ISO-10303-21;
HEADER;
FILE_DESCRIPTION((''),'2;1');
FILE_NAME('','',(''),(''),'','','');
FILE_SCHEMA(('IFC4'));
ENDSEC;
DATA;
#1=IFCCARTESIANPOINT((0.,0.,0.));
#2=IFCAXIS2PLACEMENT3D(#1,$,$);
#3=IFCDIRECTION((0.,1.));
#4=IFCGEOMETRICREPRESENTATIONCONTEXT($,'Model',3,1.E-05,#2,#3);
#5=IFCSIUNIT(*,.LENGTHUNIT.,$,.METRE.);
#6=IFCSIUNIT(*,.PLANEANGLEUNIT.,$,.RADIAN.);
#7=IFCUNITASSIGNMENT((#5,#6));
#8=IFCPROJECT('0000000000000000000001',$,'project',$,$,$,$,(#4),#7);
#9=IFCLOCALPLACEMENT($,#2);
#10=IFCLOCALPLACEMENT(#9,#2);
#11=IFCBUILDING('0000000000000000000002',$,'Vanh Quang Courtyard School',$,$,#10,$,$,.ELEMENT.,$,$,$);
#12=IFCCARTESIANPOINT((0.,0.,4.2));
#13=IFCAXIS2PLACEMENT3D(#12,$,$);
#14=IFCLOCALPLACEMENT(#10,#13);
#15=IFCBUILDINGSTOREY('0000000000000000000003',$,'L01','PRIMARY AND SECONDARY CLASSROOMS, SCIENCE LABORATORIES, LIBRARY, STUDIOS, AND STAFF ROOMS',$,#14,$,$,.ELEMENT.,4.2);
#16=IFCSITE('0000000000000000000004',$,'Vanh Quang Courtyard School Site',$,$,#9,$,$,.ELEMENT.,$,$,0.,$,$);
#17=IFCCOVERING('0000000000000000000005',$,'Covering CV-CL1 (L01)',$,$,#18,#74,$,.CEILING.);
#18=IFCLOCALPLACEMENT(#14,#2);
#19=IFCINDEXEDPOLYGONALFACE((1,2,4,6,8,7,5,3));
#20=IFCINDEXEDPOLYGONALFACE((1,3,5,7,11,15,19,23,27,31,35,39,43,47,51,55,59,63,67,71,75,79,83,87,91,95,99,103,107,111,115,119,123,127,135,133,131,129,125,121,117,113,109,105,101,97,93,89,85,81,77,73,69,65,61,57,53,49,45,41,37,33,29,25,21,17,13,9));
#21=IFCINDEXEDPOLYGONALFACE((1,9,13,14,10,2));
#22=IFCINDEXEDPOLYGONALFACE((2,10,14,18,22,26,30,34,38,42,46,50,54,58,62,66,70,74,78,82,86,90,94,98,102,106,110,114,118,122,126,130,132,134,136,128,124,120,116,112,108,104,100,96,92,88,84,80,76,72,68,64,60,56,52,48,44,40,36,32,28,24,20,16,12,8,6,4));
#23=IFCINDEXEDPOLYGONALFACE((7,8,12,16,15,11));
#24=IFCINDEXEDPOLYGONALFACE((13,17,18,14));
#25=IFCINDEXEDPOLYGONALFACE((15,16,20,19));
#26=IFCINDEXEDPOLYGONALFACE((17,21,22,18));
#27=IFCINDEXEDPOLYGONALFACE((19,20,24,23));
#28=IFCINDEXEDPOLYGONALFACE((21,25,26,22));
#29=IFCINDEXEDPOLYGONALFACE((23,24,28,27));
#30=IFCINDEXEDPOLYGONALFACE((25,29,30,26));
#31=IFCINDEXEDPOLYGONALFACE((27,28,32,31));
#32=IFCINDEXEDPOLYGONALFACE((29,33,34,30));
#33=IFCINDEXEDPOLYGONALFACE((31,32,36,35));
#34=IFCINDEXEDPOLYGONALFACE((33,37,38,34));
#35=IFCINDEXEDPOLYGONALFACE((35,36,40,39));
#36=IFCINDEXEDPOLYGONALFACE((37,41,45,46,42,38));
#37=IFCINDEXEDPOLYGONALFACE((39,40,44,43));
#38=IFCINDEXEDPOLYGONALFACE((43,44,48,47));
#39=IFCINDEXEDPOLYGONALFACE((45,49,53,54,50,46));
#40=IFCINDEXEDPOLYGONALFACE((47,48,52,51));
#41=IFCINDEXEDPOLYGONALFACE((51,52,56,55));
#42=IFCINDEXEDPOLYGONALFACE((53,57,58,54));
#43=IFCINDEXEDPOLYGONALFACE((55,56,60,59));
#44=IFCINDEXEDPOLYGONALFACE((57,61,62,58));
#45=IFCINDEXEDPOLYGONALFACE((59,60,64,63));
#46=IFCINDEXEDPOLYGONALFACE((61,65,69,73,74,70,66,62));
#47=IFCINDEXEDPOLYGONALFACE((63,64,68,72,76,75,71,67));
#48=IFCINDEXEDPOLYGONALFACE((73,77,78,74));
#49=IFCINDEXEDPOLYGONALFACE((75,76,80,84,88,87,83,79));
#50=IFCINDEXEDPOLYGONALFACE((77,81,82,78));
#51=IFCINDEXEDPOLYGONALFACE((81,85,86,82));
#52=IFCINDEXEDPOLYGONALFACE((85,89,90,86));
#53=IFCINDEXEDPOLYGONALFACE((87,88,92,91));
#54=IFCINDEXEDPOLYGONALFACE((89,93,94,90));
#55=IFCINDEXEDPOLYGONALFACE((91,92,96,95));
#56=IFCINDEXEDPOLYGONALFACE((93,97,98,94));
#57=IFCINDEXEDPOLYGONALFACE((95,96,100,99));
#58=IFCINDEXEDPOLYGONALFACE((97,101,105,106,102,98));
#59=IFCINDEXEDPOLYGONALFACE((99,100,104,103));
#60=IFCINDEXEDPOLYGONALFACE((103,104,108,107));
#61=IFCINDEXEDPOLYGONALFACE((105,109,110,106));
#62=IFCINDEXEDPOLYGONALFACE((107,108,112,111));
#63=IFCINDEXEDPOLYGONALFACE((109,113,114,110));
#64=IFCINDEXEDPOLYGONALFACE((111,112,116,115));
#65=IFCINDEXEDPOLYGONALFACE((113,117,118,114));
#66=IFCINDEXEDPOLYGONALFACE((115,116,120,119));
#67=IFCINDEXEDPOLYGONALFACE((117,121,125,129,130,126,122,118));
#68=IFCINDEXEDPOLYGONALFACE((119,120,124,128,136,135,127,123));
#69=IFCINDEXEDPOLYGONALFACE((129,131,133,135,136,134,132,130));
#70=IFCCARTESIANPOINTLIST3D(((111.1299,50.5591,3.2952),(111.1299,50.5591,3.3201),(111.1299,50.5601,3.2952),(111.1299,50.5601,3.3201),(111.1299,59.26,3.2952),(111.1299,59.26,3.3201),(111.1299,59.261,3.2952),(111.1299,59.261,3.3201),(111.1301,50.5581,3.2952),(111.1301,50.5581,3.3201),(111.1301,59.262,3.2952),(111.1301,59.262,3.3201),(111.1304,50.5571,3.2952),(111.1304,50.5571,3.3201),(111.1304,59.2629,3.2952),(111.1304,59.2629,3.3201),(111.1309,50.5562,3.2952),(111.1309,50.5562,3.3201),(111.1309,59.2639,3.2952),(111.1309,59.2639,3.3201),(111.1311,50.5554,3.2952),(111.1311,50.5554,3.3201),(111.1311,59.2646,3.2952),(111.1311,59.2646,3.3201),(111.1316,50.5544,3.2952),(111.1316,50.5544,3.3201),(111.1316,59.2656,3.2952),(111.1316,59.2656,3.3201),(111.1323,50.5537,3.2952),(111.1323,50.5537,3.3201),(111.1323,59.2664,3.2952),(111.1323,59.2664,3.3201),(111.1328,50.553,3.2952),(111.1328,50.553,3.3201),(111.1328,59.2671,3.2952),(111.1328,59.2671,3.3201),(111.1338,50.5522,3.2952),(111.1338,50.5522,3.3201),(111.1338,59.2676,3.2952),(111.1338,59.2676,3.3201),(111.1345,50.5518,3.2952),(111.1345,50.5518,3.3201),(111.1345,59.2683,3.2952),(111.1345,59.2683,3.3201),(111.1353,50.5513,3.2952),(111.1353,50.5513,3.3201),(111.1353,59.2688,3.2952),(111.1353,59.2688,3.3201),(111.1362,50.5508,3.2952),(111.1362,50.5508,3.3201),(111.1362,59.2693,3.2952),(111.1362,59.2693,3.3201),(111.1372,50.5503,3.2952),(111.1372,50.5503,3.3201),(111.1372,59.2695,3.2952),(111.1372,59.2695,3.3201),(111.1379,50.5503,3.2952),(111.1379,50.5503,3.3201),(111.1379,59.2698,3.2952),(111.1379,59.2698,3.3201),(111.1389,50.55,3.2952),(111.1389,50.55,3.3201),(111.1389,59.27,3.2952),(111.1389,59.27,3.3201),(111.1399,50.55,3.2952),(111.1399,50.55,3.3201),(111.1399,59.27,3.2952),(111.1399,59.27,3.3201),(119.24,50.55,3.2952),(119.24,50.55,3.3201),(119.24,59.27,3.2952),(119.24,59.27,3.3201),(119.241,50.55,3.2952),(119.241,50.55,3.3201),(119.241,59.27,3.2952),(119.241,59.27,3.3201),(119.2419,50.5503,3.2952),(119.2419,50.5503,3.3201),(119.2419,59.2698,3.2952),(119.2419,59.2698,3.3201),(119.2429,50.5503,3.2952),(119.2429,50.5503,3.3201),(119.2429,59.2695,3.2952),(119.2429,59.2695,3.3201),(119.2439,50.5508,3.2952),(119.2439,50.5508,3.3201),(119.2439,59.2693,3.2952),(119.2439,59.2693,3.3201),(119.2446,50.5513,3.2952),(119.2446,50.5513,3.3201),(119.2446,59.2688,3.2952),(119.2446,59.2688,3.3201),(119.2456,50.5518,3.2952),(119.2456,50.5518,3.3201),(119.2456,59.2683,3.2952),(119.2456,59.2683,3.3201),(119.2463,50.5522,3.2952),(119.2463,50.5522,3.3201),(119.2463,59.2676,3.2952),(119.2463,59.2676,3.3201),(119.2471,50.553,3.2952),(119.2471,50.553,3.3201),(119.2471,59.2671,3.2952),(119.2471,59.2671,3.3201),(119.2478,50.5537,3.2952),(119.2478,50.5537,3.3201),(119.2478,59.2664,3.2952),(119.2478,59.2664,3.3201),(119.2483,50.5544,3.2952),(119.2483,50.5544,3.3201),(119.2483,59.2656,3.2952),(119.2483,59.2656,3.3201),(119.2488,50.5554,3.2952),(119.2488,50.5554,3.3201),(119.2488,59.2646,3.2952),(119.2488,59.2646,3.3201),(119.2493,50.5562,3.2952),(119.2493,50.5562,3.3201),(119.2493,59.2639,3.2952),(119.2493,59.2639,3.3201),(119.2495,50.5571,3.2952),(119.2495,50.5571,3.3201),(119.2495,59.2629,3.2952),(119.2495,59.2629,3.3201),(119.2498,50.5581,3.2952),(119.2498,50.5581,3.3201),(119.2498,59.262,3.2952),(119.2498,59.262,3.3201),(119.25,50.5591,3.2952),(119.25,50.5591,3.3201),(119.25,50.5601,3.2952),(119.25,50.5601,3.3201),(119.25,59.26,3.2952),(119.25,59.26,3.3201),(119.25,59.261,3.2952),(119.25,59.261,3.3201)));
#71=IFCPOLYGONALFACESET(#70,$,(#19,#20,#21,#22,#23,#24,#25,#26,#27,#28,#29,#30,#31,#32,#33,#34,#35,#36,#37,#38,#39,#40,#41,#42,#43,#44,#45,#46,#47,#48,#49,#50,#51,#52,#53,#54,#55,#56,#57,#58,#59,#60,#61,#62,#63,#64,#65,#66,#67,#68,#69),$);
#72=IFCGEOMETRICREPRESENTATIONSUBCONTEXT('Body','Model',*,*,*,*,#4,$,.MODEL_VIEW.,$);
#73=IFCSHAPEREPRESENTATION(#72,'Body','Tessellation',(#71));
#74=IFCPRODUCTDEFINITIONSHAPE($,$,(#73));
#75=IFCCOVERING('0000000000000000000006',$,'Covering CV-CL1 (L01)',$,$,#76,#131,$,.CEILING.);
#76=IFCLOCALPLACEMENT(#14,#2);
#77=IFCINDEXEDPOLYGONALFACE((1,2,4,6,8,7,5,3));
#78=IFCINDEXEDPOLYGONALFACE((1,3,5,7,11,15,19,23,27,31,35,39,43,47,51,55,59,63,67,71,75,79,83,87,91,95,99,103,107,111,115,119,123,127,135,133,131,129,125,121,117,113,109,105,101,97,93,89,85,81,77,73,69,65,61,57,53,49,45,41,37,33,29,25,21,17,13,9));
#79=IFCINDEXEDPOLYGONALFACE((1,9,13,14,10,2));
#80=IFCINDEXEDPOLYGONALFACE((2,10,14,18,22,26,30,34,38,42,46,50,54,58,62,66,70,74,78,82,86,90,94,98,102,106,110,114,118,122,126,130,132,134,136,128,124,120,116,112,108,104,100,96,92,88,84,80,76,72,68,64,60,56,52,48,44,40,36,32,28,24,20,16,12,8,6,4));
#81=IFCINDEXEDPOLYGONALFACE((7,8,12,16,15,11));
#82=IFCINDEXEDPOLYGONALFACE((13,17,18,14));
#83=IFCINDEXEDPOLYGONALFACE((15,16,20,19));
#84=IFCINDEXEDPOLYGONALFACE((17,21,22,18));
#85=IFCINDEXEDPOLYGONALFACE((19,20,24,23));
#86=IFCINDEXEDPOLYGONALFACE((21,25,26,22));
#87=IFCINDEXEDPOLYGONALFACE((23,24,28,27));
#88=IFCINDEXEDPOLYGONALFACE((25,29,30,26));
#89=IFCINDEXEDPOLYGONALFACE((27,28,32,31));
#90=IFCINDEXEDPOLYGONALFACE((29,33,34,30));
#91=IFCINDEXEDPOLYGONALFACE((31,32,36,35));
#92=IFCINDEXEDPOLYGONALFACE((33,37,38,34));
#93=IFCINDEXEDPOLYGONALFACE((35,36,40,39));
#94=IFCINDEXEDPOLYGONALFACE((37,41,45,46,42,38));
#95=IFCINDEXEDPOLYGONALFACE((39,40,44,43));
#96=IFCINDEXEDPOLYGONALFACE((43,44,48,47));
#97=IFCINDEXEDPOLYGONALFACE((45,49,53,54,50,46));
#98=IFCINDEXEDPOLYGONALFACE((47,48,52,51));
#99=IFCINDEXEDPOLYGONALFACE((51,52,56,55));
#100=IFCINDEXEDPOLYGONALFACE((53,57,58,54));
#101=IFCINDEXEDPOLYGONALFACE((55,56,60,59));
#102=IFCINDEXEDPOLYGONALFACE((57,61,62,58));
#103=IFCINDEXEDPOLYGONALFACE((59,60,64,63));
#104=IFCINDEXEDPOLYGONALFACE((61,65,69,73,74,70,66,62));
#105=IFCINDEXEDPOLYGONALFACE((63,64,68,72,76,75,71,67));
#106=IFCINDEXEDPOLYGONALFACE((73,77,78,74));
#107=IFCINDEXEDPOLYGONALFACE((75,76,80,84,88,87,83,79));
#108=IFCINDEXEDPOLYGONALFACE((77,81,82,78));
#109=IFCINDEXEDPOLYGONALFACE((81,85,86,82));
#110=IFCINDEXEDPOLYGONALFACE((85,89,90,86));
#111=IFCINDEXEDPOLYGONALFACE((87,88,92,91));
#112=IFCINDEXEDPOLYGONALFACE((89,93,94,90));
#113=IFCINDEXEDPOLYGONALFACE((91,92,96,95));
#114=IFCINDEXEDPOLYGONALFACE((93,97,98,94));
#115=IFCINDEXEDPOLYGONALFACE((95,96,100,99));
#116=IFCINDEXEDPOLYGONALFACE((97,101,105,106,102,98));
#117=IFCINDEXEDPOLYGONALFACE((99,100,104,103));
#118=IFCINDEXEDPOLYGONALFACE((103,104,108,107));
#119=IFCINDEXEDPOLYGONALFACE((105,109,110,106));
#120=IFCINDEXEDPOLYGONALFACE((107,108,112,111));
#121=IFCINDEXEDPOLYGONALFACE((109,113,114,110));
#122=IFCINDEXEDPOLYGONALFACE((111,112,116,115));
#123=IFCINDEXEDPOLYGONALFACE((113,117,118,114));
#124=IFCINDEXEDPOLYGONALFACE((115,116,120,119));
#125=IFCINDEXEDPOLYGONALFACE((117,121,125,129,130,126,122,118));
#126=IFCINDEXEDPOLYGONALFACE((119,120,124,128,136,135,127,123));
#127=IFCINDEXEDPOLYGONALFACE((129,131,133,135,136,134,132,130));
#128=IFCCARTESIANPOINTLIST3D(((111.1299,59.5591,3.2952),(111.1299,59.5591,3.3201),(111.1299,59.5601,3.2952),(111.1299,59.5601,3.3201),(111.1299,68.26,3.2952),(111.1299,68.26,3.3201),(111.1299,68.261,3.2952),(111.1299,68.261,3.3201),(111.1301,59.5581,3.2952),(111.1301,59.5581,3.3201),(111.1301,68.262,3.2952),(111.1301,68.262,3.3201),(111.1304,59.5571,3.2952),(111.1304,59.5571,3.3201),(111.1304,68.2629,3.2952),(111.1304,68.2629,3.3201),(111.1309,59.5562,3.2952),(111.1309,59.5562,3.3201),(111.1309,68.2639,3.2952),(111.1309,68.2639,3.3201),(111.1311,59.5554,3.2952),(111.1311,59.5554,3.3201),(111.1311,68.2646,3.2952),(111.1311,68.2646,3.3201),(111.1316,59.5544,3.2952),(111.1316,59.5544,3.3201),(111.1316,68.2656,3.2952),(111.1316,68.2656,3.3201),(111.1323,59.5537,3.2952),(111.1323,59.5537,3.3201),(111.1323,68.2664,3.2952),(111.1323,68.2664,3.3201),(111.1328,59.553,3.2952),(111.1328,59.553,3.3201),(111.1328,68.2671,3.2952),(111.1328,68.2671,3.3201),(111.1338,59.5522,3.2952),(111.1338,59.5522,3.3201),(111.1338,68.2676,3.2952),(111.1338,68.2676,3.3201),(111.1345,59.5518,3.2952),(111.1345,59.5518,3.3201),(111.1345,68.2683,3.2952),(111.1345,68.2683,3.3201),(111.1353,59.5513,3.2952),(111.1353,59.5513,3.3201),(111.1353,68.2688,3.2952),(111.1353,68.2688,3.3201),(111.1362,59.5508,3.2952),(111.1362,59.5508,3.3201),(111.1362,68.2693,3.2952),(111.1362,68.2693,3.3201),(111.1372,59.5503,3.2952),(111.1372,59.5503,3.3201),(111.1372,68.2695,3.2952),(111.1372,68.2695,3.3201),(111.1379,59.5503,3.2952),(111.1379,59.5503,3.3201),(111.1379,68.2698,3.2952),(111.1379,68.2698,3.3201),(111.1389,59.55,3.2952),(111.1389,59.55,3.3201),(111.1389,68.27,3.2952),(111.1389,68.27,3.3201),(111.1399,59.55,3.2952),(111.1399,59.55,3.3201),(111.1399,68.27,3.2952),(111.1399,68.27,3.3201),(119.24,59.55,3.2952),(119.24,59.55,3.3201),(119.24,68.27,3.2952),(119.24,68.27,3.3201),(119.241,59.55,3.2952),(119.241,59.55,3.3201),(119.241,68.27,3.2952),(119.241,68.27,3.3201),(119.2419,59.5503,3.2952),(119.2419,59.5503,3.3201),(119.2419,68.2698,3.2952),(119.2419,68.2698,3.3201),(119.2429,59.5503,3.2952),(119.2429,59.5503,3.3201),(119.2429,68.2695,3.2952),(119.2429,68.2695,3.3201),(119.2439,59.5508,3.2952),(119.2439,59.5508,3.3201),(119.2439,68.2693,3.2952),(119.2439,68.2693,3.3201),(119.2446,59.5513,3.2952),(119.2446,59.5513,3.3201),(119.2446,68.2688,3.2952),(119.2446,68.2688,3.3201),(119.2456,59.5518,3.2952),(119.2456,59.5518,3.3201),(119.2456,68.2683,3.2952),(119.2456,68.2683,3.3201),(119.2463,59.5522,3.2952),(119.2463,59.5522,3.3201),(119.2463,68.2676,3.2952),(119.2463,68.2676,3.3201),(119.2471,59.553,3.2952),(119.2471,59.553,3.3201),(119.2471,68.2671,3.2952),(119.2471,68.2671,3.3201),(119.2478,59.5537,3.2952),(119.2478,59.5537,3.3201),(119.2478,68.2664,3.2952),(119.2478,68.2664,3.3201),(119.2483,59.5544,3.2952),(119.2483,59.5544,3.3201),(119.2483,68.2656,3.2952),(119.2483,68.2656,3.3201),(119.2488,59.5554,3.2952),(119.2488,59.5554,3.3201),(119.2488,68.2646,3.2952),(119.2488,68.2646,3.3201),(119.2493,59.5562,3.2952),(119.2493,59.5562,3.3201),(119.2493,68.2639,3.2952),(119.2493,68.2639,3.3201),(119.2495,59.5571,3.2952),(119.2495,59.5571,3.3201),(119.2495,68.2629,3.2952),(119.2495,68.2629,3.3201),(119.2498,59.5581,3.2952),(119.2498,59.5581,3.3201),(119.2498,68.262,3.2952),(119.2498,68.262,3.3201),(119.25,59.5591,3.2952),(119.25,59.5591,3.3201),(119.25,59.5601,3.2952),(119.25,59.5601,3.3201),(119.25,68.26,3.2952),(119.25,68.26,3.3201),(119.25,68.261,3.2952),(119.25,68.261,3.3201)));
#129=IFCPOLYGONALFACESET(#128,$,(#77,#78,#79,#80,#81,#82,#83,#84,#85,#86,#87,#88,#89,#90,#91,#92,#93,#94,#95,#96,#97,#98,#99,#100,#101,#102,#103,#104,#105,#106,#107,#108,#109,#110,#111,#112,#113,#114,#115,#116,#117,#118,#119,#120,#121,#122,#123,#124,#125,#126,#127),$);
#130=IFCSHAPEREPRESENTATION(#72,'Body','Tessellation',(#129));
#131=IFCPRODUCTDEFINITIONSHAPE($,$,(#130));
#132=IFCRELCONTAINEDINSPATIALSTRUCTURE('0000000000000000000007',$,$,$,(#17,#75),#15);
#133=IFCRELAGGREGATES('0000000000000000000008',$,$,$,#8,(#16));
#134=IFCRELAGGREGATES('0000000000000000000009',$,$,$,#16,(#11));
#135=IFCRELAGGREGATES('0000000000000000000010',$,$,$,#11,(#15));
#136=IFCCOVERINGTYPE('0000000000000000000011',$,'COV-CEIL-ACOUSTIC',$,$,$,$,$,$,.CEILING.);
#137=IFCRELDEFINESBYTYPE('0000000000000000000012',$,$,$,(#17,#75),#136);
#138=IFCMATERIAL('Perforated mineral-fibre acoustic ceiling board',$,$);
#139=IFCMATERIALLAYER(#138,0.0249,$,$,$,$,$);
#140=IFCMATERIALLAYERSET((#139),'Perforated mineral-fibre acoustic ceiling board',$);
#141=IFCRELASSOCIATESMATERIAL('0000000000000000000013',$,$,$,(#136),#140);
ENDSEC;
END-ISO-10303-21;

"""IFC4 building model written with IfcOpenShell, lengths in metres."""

from ifc_helpers import new_model, si_unit, direction, frame, origin, place, context, subcontext, project, spatial, polyline, outline, extrude, material, layer, layer_set, type_object, element, save


model = new_model("IFC4")

# Units and contexts
model_context = context("Model", 3, precision=1e-05, world=origin(), true_north=direction((0.0, 1.0)))
body_context = subcontext(model_context, "Body", "Model", "MODEL_VIEW")
ifc_project = project(units=[si_unit("LENGTHUNIT", "METRE"), si_unit("PLANEANGLEUNIT", "RADIAN")], contexts=[model_context])

# Site, building, storey
site_placement = place(None, origin())
site = spatial("IfcSite", under=ifc_project, at=site_placement, Name="Vanh Quang Courtyard School Site", CompositionType="ELEMENT", RefElevation=0.0)
building_placement = place(site_placement, origin())
building = spatial("IfcBuilding", under=site, at=building_placement, Name="Vanh Quang Courtyard School", CompositionType="ELEMENT")
storey_placement = place(building_placement, frame((0.0, 0.0, 4.2)))
storey = spatial("IfcBuildingStorey", under=building, at=storey_placement, Name="L01", Description="PRIMARY AND SECONDARY CLASSROOMS, SCIENCE LABORATORIES, LIBRARY, STUDIOS, AND STAFF ROOMS", CompositionType="ELEMENT", Elevation=4.2)

# Coverings
ifc_material_1 = material(Name="Perforated mineral-fibre acoustic ceiling board")
ifc_layer_1 = layer(ifc_material_1, 0.0249)
ifc_layer_set_1 = layer_set([ifc_layer_1], Name="Perforated mineral-fibre acoustic ceiling board")
covering_type_1 = type_object("IfcCoveringType", Name="COV-CEIL-ACOUSTIC", PredefinedType="CEILING", material=ifc_layer_set_1)
covering_1_placement = place(storey_placement, frame((0.0, 0.0, 3.2952)))
element("IfcCovering", 1, at=covering_1_placement, inside=storey, type_object=covering_type_1, Name="Covering CV-CL1 (L01)", PredefinedType="CEILING", context=body_context, shape_type="SweptSolid", body=[
    extrude(outline(polyline([(111.1399, 50.55), (111.1389, 50.55), (111.1379, 50.5503), (111.1372, 50.5503), (111.1362, 50.5508), (111.1353, 50.5513), (111.1345, 50.5518), (111.1338, 50.5522), (111.1328, 50.553), (111.1323, 50.5537), (111.1316, 50.5544), (111.1311, 50.5554), (111.1309, 50.5562), (111.1304, 50.5571), (111.1301, 50.5581), (111.1299, 50.5591), (111.1299, 50.5601), (111.1299, 59.26), (111.1299, 59.261), (111.1301, 59.262), (111.1304, 59.2629), (111.1309, 59.2639), (111.1311, 59.2646), (111.1316, 59.2656), (111.1323, 59.2664), (111.1328, 59.2671), (111.1338, 59.2676), (111.1345, 59.2683), (111.1353, 59.2688), (111.1362, 59.2693), (111.1372, 59.2695), (111.1379, 59.2698), (111.1389, 59.27), (111.1399, 59.27), (119.24, 59.27), (119.241, 59.27), (119.2419, 59.2698), (119.2429, 59.2695), (119.2439, 59.2693), (119.2446, 59.2688), (119.2456, 59.2683), (119.2463, 59.2676), (119.2471, 59.2671), (119.2478, 59.2664), (119.2483, 59.2656), (119.2488, 59.2646), (119.2493, 59.2639), (119.2495, 59.2629), (119.2498, 59.262), (119.25, 59.261), (119.25, 59.26), (119.25, 50.5601), (119.25, 50.5591), (119.2498, 50.5581), (119.2495, 50.5571), (119.2493, 50.5562), (119.2488, 50.5554), (119.2483, 50.5544), (119.2478, 50.5537), (119.2471, 50.553), (119.2463, 50.5522), (119.2456, 50.5518), (119.2446, 50.5513), (119.2439, 50.5508), (119.2429, 50.5503), (119.2419, 50.5503), (119.241, 50.55), (119.24, 50.55), (111.1399, 50.55)])), origin(), (0.0, 0.0, 1.0), 0.0249),
])
covering_2_placement = place(storey_placement, frame((0.0, 0.0, 3.2952)))
element("IfcCovering", 2, at=covering_2_placement, inside=storey, type_object=covering_type_1, Name="Covering CV-CL1 (L01)", PredefinedType="CEILING", context=body_context, shape_type="SweptSolid", body=[
    extrude(outline(polyline([(111.1399, 59.55), (111.1389, 59.55), (111.1379, 59.5503), (111.1372, 59.5503), (111.1362, 59.5508), (111.1353, 59.5513), (111.1345, 59.5518), (111.1338, 59.5522), (111.1328, 59.553), (111.1323, 59.5537), (111.1316, 59.5544), (111.1311, 59.5554), (111.1309, 59.5562), (111.1304, 59.5571), (111.1301, 59.5581), (111.1299, 59.5591), (111.1299, 59.5601), (111.1299, 68.26), (111.1299, 68.261), (111.1301, 68.262), (111.1304, 68.2629), (111.1309, 68.2639), (111.1311, 68.2646), (111.1316, 68.2656), (111.1323, 68.2664), (111.1328, 68.2671), (111.1338, 68.2676), (111.1345, 68.2683), (111.1353, 68.2688), (111.1362, 68.2693), (111.1372, 68.2695), (111.1379, 68.2698), (111.1389, 68.27), (111.1399, 68.27), (119.24, 68.27), (119.241, 68.27), (119.2419, 68.2698), (119.2429, 68.2695), (119.2439, 68.2693), (119.2446, 68.2688), (119.2456, 68.2683), (119.2463, 68.2676), (119.2471, 68.2671), (119.2478, 68.2664), (119.2483, 68.2656), (119.2488, 68.2646), (119.2493, 68.2639), (119.2495, 68.2629), (119.2498, 68.262), (119.25, 68.261), (119.25, 68.26), (119.25, 59.5601), (119.25, 59.5591), (119.2498, 59.5581), (119.2495, 59.5571), (119.2493, 59.5562), (119.2488, 59.5554), (119.2483, 59.5544), (119.2478, 59.5537), (119.2471, 59.553), (119.2463, 59.5522), (119.2456, 59.5518), (119.2446, 59.5513), (119.2439, 59.5508), (119.2429, 59.5503), (119.2419, 59.5503), (119.241, 59.55), (119.24, 59.55), (111.1399, 59.55)])), origin(), (0.0, 0.0, 1.0), 0.0249),
])

save(model, "model.ifc")
